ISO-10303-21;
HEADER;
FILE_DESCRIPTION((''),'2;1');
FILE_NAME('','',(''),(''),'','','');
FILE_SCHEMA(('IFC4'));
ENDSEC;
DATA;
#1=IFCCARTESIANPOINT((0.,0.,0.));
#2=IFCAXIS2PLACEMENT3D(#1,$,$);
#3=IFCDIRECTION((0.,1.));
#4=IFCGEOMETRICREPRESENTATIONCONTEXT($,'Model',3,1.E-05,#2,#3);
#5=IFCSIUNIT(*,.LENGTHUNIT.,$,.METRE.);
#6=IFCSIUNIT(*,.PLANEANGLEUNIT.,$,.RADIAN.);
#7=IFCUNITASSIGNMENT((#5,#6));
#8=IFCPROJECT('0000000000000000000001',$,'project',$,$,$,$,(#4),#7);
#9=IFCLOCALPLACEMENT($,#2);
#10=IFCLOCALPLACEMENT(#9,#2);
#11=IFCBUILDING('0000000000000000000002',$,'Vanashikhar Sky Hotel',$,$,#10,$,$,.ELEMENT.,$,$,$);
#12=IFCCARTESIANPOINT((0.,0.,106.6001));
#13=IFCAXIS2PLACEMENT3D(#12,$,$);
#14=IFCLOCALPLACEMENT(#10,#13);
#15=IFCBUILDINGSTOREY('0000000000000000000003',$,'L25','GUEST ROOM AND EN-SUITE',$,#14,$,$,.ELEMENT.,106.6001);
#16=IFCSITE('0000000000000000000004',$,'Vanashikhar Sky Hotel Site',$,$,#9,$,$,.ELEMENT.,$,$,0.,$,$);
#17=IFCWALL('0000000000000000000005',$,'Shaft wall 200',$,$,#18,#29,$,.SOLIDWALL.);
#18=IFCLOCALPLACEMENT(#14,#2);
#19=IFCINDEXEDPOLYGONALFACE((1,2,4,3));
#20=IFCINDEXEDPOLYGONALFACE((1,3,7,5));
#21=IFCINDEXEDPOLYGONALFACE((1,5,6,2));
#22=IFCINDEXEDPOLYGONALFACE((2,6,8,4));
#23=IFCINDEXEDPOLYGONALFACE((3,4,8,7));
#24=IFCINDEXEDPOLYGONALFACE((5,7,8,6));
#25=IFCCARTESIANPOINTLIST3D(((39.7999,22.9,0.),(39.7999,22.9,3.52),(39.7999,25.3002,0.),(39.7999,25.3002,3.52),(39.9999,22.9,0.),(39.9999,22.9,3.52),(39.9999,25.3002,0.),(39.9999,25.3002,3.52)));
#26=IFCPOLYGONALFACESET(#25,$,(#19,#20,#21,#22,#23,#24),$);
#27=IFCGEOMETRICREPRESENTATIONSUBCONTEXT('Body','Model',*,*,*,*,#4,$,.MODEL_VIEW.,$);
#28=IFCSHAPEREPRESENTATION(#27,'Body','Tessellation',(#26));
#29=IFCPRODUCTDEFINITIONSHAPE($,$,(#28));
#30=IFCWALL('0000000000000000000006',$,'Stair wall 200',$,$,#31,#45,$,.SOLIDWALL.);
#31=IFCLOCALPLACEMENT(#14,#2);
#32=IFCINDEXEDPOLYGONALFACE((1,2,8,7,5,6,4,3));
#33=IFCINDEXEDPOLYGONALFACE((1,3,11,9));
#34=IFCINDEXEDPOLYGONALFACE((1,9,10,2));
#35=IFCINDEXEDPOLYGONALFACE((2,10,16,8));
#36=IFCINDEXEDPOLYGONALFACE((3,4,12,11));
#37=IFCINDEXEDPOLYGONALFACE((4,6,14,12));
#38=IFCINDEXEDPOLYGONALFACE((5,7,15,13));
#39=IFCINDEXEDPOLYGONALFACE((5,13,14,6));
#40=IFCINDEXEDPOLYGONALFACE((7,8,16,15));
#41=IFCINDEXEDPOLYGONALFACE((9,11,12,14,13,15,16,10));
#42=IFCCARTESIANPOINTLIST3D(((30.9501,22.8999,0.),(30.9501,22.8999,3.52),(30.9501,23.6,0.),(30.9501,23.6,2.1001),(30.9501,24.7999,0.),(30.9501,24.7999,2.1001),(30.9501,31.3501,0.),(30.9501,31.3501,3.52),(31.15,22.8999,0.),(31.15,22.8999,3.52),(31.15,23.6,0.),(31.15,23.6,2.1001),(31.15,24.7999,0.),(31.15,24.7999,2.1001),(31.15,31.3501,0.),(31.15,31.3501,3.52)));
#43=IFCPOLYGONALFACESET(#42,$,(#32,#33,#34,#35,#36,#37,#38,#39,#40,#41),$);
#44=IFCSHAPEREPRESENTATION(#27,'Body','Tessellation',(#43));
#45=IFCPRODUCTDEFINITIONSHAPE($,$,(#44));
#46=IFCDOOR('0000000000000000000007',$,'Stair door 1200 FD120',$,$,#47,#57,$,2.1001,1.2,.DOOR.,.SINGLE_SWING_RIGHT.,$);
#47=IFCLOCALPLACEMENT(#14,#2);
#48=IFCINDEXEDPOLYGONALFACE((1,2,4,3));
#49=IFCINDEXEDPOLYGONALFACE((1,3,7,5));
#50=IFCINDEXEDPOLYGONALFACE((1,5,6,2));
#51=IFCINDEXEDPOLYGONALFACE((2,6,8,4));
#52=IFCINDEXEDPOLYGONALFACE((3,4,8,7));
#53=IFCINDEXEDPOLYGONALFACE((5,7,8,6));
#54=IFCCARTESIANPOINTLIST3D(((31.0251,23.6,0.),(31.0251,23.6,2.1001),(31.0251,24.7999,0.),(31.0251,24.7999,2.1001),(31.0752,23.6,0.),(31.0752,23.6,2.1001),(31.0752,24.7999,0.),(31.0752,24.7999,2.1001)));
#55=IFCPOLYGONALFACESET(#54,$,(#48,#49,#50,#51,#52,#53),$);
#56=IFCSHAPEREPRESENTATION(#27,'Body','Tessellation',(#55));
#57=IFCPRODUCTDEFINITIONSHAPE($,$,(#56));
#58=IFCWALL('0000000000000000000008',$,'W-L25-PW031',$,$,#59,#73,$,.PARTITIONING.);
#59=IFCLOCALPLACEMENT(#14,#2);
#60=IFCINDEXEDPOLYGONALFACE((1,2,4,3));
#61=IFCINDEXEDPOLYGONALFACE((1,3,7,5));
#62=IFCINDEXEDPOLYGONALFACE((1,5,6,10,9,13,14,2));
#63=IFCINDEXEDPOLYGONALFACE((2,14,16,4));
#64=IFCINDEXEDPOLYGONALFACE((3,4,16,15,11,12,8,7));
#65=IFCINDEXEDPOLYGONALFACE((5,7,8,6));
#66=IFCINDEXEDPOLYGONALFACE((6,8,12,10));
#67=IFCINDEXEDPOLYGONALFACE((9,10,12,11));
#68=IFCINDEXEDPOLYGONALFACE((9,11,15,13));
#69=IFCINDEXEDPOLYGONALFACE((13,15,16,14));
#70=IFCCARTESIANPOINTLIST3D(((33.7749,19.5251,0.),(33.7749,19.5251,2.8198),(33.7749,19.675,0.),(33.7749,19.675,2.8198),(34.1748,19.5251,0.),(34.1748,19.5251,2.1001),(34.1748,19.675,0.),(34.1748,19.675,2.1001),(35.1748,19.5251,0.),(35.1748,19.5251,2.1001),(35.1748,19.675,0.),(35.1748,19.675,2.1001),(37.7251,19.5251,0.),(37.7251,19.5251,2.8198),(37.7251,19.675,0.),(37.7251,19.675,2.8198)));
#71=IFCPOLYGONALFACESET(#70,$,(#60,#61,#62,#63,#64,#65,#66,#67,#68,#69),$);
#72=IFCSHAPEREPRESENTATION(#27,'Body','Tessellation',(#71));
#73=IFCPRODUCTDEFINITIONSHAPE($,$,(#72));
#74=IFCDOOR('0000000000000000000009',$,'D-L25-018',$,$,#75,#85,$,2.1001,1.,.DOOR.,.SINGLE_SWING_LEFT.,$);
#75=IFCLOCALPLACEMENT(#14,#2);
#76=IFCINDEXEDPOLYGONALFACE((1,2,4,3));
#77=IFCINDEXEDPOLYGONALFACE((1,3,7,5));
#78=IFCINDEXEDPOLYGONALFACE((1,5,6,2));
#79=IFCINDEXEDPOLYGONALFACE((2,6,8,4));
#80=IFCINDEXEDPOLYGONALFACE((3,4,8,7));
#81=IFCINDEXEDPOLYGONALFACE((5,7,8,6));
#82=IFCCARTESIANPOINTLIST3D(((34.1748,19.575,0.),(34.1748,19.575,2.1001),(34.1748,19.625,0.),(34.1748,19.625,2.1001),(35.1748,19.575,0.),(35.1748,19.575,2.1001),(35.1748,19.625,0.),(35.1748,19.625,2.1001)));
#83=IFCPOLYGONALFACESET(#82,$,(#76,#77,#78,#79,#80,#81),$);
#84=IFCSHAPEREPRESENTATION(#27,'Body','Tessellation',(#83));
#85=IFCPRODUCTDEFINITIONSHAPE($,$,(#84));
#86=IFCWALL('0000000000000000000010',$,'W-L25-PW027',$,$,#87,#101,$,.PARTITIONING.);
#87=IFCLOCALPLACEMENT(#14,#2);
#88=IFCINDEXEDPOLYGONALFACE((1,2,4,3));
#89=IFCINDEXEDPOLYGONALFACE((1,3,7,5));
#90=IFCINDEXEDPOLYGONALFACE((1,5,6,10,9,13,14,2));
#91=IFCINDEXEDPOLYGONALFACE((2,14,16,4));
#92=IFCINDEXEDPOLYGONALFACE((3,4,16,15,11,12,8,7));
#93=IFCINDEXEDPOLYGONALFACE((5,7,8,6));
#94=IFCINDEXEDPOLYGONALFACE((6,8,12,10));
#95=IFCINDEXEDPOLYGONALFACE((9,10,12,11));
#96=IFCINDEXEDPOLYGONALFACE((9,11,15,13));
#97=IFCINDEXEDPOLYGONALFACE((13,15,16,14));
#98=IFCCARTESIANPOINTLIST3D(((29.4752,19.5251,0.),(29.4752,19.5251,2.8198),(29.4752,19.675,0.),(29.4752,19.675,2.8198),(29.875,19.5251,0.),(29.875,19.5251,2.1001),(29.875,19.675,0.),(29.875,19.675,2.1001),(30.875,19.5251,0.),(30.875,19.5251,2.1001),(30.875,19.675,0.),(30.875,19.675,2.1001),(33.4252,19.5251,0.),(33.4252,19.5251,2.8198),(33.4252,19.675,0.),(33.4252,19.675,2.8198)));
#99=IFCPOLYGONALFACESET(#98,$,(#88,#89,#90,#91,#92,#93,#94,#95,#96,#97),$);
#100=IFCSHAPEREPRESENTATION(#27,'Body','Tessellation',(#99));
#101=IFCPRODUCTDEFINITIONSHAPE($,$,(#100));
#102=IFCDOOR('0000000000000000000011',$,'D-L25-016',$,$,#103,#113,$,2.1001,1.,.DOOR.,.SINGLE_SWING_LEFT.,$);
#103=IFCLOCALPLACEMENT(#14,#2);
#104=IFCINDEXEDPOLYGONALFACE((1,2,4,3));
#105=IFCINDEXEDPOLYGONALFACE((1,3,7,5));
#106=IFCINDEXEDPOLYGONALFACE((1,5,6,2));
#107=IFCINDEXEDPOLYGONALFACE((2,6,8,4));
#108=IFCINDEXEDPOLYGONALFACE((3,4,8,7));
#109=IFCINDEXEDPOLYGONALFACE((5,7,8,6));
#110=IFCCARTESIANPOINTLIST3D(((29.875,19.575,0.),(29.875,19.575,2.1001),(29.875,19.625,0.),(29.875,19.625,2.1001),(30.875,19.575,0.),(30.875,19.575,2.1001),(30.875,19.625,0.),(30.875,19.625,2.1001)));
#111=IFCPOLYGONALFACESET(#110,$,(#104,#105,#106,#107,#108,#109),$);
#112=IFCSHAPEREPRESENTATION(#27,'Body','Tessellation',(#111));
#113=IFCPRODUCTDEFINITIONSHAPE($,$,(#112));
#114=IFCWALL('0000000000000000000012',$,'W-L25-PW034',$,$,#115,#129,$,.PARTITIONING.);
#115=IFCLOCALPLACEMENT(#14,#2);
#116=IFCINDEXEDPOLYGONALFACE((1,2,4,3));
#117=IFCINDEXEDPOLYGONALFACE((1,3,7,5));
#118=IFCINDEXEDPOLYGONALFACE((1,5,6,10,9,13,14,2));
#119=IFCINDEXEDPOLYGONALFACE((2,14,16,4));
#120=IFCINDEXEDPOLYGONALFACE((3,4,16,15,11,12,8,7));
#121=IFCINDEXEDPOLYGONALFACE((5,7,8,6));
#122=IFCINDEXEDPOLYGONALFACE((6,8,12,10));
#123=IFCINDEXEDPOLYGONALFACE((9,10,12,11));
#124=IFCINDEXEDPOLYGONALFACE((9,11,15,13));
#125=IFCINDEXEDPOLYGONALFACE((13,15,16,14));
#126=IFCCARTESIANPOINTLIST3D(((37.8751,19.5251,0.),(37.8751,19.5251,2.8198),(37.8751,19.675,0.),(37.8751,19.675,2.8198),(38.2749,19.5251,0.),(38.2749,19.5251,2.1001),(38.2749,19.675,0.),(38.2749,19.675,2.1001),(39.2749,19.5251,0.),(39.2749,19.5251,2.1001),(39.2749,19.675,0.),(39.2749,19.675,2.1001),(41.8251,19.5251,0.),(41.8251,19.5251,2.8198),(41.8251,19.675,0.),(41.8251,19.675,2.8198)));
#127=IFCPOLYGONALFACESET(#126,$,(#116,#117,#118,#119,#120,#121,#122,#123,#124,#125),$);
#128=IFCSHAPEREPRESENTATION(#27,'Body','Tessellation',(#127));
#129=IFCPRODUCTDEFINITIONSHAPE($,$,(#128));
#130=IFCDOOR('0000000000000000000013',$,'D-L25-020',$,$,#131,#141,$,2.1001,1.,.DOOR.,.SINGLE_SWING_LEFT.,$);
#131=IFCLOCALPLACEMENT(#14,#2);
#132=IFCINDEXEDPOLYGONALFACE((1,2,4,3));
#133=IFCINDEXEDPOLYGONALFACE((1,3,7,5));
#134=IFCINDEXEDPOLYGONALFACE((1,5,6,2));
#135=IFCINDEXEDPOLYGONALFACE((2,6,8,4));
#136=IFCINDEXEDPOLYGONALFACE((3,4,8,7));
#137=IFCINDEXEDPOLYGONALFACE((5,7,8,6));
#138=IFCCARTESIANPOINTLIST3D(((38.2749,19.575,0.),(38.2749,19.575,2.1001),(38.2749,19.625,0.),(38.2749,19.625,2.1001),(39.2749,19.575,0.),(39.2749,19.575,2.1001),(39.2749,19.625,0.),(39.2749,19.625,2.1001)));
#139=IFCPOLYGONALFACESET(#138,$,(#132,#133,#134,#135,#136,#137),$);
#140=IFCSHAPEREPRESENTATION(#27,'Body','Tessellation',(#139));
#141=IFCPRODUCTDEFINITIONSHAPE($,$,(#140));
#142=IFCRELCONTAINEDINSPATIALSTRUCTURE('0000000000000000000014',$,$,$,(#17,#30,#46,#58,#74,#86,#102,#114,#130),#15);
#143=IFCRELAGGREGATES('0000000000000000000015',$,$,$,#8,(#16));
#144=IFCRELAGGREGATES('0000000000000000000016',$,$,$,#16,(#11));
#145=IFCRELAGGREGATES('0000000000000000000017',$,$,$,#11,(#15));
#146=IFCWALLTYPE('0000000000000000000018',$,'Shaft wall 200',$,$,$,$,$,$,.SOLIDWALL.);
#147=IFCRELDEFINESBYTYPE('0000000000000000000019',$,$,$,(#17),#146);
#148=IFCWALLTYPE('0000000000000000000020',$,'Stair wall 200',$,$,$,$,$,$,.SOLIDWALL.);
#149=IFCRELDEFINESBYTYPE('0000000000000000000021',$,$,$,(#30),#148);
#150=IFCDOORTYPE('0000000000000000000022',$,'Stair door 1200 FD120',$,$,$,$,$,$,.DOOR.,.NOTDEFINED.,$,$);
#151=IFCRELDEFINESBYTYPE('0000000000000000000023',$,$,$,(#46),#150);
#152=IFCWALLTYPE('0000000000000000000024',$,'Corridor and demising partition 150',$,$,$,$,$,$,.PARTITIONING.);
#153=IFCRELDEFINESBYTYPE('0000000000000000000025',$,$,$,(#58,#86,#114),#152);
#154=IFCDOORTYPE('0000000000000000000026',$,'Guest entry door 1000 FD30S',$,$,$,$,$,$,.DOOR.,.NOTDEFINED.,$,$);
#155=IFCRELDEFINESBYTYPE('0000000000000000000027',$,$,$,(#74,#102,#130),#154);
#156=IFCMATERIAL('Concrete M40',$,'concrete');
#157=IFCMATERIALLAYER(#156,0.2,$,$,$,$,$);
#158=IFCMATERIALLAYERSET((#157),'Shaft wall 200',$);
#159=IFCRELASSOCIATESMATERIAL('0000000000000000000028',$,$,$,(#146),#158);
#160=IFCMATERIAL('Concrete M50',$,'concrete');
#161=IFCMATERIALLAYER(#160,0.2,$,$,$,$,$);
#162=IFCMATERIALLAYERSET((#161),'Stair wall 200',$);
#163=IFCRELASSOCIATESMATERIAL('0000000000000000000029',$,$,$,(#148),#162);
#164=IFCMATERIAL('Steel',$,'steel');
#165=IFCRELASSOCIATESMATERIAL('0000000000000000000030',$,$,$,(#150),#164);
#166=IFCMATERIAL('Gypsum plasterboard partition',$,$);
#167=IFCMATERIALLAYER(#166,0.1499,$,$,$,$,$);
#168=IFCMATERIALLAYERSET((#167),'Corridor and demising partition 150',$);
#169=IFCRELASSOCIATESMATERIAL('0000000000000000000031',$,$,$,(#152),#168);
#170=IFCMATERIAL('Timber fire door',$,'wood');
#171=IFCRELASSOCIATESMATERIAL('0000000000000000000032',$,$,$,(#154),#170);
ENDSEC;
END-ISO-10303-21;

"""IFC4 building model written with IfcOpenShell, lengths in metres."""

from ifc_helpers import new_model, si_unit, direction, frame, frame_2d, origin, place, context, subcontext, project, spatial, rectangle, extrude, source, transform, mapped, material, layer, layer_set, type_object, element, fill, save


model = new_model("IFC4")

# Units and contexts
model_context = context("Model", 3, precision=1e-05, world=origin(), true_north=direction((0.0, 1.0)))
body_context = subcontext(model_context, "Body", "Model", "MODEL_VIEW")
ifc_project = project(units=[si_unit("LENGTHUNIT", "METRE"), si_unit("PLANEANGLEUNIT", "RADIAN")], contexts=[model_context])

# Site, building, storey
site_placement = place(None, origin())
site = spatial("IfcSite", under=ifc_project, at=site_placement, Name="Vanashikhar Sky Hotel Site", CompositionType="ELEMENT", RefElevation=0.0)
building_placement = place(site_placement, origin())
building = spatial("IfcBuilding", under=site, at=building_placement, Name="Vanashikhar Sky Hotel", CompositionType="ELEMENT")
storey_placement = place(building_placement, frame((0.0, 0.0, 106.6001)))
storey = spatial("IfcBuildingStorey", under=building, at=storey_placement, Name="L25", Description="GUEST ROOM AND EN-SUITE", CompositionType="ELEMENT", Elevation=106.6001)

# Shared definitions
ifc_material_1 = material(Name="Steel", Category="steel")

# Shared definitions
ifc_material_2 = material(Name="Concrete M40", Category="concrete")
ifc_layer_1 = layer(ifc_material_2, 0.2)
ifc_layer_set_1 = layer_set([ifc_layer_1], Name="Shaft wall 200")
wall_type_1 = type_object("IfcWallType", Name="Shaft wall 200", PredefinedType="SOLIDWALL", material=ifc_layer_set_1)

# Wall
shared_shape_1 = source(origin(), body_context, "Body", "SweptSolid", [
    extrude(rectangle(XDim=2.4001, YDim=0.2, at=frame_2d((1.2002, 0.0))), origin(), (0.0, 0.0, 1.0), 3.52),
])
wall_1_placement = place(storey_placement, frame((39.8999, 22.8999, 0.0), z_axis=(0.0, 0.0, 1.0), x_axis=(0.0, 1.0, 0.0)))
element("IfcWall", 1, at=wall_1_placement, inside=storey, type_object=wall_type_1, Name="Shaft wall 200", PredefinedType="SOLIDWALL", context=body_context, shape_type="MappedRepresentation", body=[
    mapped(shared_shape_1, transform((0.0, 0.0, 0.0), scale=1.0)),
])

# Walls, openings, doors
ifc_material_3 = material(Name="Concrete M50", Category="concrete")
ifc_layer_2 = layer(ifc_material_3, 0.2)
ifc_layer_set_2 = layer_set([ifc_layer_2], Name="Stair wall 200")
wall_type_2 = type_object("IfcWallType", Name="Stair wall 200", PredefinedType="SOLIDWALL", material=ifc_layer_set_2)
shared_shape_2 = source(origin(), body_context, "Body", "SweptSolid", [
    extrude(rectangle(XDim=8.4502, YDim=0.2, at=frame_2d((4.2251, 0.0))), origin(), (0.0, 0.0, 1.0), 3.52),
])
wall_2_placement = place(storey_placement, frame((31.05, 22.8999, 0.0), z_axis=(0.0, 0.0, 1.0), x_axis=(0.0, 1.0, 0.0)))
wall_2 = element("IfcWall", 2, at=wall_2_placement, inside=storey, type_object=wall_type_2, Name="Stair wall 200", PredefinedType="SOLIDWALL", context=body_context, shape_type="MappedRepresentation", body=[
    mapped(shared_shape_2, transform((0.0, 0.0, 0.0), scale=1.0)),
])
shared_shape_3 = source(origin(), body_context, "Body", "SweptSolid", [
    extrude(rectangle(XDim=1.2, YDim=2.1001, at=frame_2d((0.6001, 1.05))), frame((0.0, 0.1099, 0.0), z_axis=(0.0, -1.0, 0.0), x_axis=(1.0, 0.0, 0.0)), (0.0, 0.0, 1.0), 0.22),
])
opening_1_placement = place(wall_2_placement, frame((0.7, 0.0, 0.0)))
opening_1 = element("IfcOpeningElement", 3, at=opening_1_placement, cuts=wall_2, PredefinedType="OPENING", context=body_context, shape_type="MappedRepresentation", body=[
    mapped(shared_shape_3, transform((0.0, 0.0, 0.0), scale=1.0)),
])
door_type_1 = type_object("IfcDoorType", Name="Stair door 1200 FD120", OperationType="NOTDEFINED", PredefinedType="DOOR", material=ifc_material_1)
shared_shape_4 = source(origin(), body_context, "Body", "SweptSolid", [
    extrude(rectangle(XDim=1.2, YDim=2.1001, at=frame_2d((0.6001, 1.05))), frame((0.0, 0.0249, 0.0), z_axis=(0.0, -1.0, 0.0), x_axis=(1.0, 0.0, 0.0)), (0.0, 0.0, 1.0), 0.05),
])
door_1_placement = place(opening_1_placement, origin())
door_1 = element("IfcDoor", 4, at=door_1_placement, inside=storey, type_object=door_type_1, Name="Stair door 1200 FD120", OperationType="SINGLE_SWING_RIGHT", OverallHeight=2.1001, OverallWidth=1.2, PredefinedType="DOOR", context=body_context, shape_type="MappedRepresentation", body=[
    mapped(shared_shape_4, transform((0.0, 0.0, 0.0), scale=1.0)),
])
fill(opening_1, door_1)
ifc_material_4 = material(Name="Gypsum plasterboard partition")
ifc_layer_3 = layer(ifc_material_4, 0.1499)
ifc_layer_set_3 = layer_set([ifc_layer_3], Name="Corridor and demising partition 150")
wall_type_3 = type_object("IfcWallType", Name="Corridor and demising partition 150", PredefinedType="PARTITIONING", material=ifc_layer_set_3)
shared_shape_5 = source(origin(), body_context, "Body", "SweptSolid", [
    extrude(rectangle(XDim=3.9502, YDim=0.1499, at=frame_2d((1.9751, 0.0))), origin(), (0.0, 0.0, 1.0), 2.8198),
])
wall_3_placement = place(storey_placement, frame((33.7749, 19.6001, 0.0), z_axis=(0.0, 0.0, 1.0), x_axis=(1.0, 0.0, 0.0)))
wall_3 = element("IfcWall", 5, at=wall_3_placement, inside=storey, type_object=wall_type_3, Name="W-L25-PW031", PredefinedType="PARTITIONING", context=body_context, shape_type="MappedRepresentation", body=[
    mapped(shared_shape_5, transform((0.0, 0.0, 0.0), scale=1.0)),
])
shared_shape_6 = source(origin(), body_context, "Body", "SweptSolid", [
    extrude(rectangle(XDim=1.0, YDim=2.1001, at=frame_2d((0.5, 1.05))), frame((0.0, 0.085, 0.0), z_axis=(0.0, -1.0, 0.0), x_axis=(1.0, 0.0, 0.0)), (0.0, 0.0, 1.0), 0.1699),
])
opening_2_placement = place(wall_3_placement, frame((0.3999, 0.0, 0.0)))
opening_2 = element("IfcOpeningElement", 6, at=opening_2_placement, cuts=wall_3, PredefinedType="OPENING", context=body_context, shape_type="MappedRepresentation", body=[
    mapped(shared_shape_6, transform((0.0, 0.0, 0.0), scale=1.0)),
])
ifc_material_5 = material(Name="Timber fire door", Category="wood")
door_type_2 = type_object("IfcDoorType", Name="Guest entry door 1000 FD30S", OperationType="NOTDEFINED", PredefinedType="DOOR", material=ifc_material_5)
shared_shape_7 = source(origin(), body_context, "Body", "SweptSolid", [
    extrude(rectangle(XDim=1.0, YDim=2.1001, at=frame_2d((0.5, 1.05))), frame((0.0, 0.0249, 0.0), z_axis=(0.0, -1.0, 0.0), x_axis=(1.0, 0.0, 0.0)), (0.0, 0.0, 1.0), 0.05),
])
door_2_placement = place(opening_2_placement, origin())
door_2 = element("IfcDoor", 7, at=door_2_placement, inside=storey, type_object=door_type_2, Name="D-L25-018", OperationType="SINGLE_SWING_LEFT", OverallHeight=2.1001, OverallWidth=1.0, PredefinedType="DOOR", context=body_context, shape_type="MappedRepresentation", body=[
    mapped(shared_shape_7, transform((0.0, 0.0, 0.0), scale=1.0)),
])
fill(opening_2, door_2)
shared_shape_8 = source(origin(), body_context, "Body", "SweptSolid", [
    extrude(rectangle(XDim=3.95, YDim=0.1499, at=frame_2d((1.9751, 0.0))), origin(), (0.0, 0.0, 1.0), 2.8198),
])
wall_4_placement = place(storey_placement, frame((29.4751, 19.6001, 0.0), z_axis=(0.0, 0.0, 1.0), x_axis=(1.0, 0.0, 0.0)))
wall_4 = element("IfcWall", 8, at=wall_4_placement, inside=storey, type_object=wall_type_3, Name="W-L25-PW027", PredefinedType="PARTITIONING", context=body_context, shape_type="MappedRepresentation", body=[
    mapped(shared_shape_8, transform((0.0, 0.0, 0.0), scale=1.0)),
])
opening_3_placement = place(wall_4_placement, frame((0.3999, 0.0, 0.0)))
opening_3 = element("IfcOpeningElement", 9, at=opening_3_placement, cuts=wall_4, PredefinedType="OPENING", context=body_context, shape_type="MappedRepresentation", body=[
    mapped(shared_shape_6, transform((0.0, 0.0, 0.0), scale=1.0)),
])
door_3_placement = place(opening_3_placement, origin())
door_3 = element("IfcDoor", 10, at=door_3_placement, inside=storey, type_object=door_type_2, Name="D-L25-016", OperationType="SINGLE_SWING_LEFT", OverallHeight=2.1001, OverallWidth=1.0, PredefinedType="DOOR", context=body_context, shape_type="MappedRepresentation", body=[
    mapped(shared_shape_7, transform((0.0, 0.0, 0.0), scale=1.0)),
])
fill(opening_3, door_3)
wall_5_placement = place(storey_placement, frame((37.875, 19.6001, 0.0), z_axis=(0.0, 0.0, 1.0), x_axis=(1.0, 0.0, 0.0)))
wall_5 = element("IfcWall", 11, at=wall_5_placement, inside=storey, type_object=wall_type_3, Name="W-L25-PW034", PredefinedType="PARTITIONING", context=body_context, shape_type="MappedRepresentation", body=[
    mapped(shared_shape_8, transform((0.0, 0.0, 0.0), scale=1.0)),
])
opening_4_placement = place(wall_5_placement, frame((0.3999, 0.0, 0.0)))
opening_4 = element("IfcOpeningElement", 12, at=opening_4_placement, cuts=wall_5, PredefinedType="OPENING", context=body_context, shape_type="MappedRepresentation", body=[
    mapped(shared_shape_6, transform((0.0, 0.0, 0.0), scale=1.0)),
])
door_4_placement = place(opening_4_placement, origin())
door_4 = element("IfcDoor", 13, at=door_4_placement, inside=storey, type_object=door_type_2, Name="D-L25-020", OperationType="SINGLE_SWING_LEFT", OverallHeight=2.1001, OverallWidth=1.0, PredefinedType="DOOR", context=body_context, shape_type="MappedRepresentation", body=[
    mapped(shared_shape_7, transform((0.0, 0.0, 0.0), scale=1.0)),
])
fill(opening_4, door_4)

save(model, "model.ifc")
